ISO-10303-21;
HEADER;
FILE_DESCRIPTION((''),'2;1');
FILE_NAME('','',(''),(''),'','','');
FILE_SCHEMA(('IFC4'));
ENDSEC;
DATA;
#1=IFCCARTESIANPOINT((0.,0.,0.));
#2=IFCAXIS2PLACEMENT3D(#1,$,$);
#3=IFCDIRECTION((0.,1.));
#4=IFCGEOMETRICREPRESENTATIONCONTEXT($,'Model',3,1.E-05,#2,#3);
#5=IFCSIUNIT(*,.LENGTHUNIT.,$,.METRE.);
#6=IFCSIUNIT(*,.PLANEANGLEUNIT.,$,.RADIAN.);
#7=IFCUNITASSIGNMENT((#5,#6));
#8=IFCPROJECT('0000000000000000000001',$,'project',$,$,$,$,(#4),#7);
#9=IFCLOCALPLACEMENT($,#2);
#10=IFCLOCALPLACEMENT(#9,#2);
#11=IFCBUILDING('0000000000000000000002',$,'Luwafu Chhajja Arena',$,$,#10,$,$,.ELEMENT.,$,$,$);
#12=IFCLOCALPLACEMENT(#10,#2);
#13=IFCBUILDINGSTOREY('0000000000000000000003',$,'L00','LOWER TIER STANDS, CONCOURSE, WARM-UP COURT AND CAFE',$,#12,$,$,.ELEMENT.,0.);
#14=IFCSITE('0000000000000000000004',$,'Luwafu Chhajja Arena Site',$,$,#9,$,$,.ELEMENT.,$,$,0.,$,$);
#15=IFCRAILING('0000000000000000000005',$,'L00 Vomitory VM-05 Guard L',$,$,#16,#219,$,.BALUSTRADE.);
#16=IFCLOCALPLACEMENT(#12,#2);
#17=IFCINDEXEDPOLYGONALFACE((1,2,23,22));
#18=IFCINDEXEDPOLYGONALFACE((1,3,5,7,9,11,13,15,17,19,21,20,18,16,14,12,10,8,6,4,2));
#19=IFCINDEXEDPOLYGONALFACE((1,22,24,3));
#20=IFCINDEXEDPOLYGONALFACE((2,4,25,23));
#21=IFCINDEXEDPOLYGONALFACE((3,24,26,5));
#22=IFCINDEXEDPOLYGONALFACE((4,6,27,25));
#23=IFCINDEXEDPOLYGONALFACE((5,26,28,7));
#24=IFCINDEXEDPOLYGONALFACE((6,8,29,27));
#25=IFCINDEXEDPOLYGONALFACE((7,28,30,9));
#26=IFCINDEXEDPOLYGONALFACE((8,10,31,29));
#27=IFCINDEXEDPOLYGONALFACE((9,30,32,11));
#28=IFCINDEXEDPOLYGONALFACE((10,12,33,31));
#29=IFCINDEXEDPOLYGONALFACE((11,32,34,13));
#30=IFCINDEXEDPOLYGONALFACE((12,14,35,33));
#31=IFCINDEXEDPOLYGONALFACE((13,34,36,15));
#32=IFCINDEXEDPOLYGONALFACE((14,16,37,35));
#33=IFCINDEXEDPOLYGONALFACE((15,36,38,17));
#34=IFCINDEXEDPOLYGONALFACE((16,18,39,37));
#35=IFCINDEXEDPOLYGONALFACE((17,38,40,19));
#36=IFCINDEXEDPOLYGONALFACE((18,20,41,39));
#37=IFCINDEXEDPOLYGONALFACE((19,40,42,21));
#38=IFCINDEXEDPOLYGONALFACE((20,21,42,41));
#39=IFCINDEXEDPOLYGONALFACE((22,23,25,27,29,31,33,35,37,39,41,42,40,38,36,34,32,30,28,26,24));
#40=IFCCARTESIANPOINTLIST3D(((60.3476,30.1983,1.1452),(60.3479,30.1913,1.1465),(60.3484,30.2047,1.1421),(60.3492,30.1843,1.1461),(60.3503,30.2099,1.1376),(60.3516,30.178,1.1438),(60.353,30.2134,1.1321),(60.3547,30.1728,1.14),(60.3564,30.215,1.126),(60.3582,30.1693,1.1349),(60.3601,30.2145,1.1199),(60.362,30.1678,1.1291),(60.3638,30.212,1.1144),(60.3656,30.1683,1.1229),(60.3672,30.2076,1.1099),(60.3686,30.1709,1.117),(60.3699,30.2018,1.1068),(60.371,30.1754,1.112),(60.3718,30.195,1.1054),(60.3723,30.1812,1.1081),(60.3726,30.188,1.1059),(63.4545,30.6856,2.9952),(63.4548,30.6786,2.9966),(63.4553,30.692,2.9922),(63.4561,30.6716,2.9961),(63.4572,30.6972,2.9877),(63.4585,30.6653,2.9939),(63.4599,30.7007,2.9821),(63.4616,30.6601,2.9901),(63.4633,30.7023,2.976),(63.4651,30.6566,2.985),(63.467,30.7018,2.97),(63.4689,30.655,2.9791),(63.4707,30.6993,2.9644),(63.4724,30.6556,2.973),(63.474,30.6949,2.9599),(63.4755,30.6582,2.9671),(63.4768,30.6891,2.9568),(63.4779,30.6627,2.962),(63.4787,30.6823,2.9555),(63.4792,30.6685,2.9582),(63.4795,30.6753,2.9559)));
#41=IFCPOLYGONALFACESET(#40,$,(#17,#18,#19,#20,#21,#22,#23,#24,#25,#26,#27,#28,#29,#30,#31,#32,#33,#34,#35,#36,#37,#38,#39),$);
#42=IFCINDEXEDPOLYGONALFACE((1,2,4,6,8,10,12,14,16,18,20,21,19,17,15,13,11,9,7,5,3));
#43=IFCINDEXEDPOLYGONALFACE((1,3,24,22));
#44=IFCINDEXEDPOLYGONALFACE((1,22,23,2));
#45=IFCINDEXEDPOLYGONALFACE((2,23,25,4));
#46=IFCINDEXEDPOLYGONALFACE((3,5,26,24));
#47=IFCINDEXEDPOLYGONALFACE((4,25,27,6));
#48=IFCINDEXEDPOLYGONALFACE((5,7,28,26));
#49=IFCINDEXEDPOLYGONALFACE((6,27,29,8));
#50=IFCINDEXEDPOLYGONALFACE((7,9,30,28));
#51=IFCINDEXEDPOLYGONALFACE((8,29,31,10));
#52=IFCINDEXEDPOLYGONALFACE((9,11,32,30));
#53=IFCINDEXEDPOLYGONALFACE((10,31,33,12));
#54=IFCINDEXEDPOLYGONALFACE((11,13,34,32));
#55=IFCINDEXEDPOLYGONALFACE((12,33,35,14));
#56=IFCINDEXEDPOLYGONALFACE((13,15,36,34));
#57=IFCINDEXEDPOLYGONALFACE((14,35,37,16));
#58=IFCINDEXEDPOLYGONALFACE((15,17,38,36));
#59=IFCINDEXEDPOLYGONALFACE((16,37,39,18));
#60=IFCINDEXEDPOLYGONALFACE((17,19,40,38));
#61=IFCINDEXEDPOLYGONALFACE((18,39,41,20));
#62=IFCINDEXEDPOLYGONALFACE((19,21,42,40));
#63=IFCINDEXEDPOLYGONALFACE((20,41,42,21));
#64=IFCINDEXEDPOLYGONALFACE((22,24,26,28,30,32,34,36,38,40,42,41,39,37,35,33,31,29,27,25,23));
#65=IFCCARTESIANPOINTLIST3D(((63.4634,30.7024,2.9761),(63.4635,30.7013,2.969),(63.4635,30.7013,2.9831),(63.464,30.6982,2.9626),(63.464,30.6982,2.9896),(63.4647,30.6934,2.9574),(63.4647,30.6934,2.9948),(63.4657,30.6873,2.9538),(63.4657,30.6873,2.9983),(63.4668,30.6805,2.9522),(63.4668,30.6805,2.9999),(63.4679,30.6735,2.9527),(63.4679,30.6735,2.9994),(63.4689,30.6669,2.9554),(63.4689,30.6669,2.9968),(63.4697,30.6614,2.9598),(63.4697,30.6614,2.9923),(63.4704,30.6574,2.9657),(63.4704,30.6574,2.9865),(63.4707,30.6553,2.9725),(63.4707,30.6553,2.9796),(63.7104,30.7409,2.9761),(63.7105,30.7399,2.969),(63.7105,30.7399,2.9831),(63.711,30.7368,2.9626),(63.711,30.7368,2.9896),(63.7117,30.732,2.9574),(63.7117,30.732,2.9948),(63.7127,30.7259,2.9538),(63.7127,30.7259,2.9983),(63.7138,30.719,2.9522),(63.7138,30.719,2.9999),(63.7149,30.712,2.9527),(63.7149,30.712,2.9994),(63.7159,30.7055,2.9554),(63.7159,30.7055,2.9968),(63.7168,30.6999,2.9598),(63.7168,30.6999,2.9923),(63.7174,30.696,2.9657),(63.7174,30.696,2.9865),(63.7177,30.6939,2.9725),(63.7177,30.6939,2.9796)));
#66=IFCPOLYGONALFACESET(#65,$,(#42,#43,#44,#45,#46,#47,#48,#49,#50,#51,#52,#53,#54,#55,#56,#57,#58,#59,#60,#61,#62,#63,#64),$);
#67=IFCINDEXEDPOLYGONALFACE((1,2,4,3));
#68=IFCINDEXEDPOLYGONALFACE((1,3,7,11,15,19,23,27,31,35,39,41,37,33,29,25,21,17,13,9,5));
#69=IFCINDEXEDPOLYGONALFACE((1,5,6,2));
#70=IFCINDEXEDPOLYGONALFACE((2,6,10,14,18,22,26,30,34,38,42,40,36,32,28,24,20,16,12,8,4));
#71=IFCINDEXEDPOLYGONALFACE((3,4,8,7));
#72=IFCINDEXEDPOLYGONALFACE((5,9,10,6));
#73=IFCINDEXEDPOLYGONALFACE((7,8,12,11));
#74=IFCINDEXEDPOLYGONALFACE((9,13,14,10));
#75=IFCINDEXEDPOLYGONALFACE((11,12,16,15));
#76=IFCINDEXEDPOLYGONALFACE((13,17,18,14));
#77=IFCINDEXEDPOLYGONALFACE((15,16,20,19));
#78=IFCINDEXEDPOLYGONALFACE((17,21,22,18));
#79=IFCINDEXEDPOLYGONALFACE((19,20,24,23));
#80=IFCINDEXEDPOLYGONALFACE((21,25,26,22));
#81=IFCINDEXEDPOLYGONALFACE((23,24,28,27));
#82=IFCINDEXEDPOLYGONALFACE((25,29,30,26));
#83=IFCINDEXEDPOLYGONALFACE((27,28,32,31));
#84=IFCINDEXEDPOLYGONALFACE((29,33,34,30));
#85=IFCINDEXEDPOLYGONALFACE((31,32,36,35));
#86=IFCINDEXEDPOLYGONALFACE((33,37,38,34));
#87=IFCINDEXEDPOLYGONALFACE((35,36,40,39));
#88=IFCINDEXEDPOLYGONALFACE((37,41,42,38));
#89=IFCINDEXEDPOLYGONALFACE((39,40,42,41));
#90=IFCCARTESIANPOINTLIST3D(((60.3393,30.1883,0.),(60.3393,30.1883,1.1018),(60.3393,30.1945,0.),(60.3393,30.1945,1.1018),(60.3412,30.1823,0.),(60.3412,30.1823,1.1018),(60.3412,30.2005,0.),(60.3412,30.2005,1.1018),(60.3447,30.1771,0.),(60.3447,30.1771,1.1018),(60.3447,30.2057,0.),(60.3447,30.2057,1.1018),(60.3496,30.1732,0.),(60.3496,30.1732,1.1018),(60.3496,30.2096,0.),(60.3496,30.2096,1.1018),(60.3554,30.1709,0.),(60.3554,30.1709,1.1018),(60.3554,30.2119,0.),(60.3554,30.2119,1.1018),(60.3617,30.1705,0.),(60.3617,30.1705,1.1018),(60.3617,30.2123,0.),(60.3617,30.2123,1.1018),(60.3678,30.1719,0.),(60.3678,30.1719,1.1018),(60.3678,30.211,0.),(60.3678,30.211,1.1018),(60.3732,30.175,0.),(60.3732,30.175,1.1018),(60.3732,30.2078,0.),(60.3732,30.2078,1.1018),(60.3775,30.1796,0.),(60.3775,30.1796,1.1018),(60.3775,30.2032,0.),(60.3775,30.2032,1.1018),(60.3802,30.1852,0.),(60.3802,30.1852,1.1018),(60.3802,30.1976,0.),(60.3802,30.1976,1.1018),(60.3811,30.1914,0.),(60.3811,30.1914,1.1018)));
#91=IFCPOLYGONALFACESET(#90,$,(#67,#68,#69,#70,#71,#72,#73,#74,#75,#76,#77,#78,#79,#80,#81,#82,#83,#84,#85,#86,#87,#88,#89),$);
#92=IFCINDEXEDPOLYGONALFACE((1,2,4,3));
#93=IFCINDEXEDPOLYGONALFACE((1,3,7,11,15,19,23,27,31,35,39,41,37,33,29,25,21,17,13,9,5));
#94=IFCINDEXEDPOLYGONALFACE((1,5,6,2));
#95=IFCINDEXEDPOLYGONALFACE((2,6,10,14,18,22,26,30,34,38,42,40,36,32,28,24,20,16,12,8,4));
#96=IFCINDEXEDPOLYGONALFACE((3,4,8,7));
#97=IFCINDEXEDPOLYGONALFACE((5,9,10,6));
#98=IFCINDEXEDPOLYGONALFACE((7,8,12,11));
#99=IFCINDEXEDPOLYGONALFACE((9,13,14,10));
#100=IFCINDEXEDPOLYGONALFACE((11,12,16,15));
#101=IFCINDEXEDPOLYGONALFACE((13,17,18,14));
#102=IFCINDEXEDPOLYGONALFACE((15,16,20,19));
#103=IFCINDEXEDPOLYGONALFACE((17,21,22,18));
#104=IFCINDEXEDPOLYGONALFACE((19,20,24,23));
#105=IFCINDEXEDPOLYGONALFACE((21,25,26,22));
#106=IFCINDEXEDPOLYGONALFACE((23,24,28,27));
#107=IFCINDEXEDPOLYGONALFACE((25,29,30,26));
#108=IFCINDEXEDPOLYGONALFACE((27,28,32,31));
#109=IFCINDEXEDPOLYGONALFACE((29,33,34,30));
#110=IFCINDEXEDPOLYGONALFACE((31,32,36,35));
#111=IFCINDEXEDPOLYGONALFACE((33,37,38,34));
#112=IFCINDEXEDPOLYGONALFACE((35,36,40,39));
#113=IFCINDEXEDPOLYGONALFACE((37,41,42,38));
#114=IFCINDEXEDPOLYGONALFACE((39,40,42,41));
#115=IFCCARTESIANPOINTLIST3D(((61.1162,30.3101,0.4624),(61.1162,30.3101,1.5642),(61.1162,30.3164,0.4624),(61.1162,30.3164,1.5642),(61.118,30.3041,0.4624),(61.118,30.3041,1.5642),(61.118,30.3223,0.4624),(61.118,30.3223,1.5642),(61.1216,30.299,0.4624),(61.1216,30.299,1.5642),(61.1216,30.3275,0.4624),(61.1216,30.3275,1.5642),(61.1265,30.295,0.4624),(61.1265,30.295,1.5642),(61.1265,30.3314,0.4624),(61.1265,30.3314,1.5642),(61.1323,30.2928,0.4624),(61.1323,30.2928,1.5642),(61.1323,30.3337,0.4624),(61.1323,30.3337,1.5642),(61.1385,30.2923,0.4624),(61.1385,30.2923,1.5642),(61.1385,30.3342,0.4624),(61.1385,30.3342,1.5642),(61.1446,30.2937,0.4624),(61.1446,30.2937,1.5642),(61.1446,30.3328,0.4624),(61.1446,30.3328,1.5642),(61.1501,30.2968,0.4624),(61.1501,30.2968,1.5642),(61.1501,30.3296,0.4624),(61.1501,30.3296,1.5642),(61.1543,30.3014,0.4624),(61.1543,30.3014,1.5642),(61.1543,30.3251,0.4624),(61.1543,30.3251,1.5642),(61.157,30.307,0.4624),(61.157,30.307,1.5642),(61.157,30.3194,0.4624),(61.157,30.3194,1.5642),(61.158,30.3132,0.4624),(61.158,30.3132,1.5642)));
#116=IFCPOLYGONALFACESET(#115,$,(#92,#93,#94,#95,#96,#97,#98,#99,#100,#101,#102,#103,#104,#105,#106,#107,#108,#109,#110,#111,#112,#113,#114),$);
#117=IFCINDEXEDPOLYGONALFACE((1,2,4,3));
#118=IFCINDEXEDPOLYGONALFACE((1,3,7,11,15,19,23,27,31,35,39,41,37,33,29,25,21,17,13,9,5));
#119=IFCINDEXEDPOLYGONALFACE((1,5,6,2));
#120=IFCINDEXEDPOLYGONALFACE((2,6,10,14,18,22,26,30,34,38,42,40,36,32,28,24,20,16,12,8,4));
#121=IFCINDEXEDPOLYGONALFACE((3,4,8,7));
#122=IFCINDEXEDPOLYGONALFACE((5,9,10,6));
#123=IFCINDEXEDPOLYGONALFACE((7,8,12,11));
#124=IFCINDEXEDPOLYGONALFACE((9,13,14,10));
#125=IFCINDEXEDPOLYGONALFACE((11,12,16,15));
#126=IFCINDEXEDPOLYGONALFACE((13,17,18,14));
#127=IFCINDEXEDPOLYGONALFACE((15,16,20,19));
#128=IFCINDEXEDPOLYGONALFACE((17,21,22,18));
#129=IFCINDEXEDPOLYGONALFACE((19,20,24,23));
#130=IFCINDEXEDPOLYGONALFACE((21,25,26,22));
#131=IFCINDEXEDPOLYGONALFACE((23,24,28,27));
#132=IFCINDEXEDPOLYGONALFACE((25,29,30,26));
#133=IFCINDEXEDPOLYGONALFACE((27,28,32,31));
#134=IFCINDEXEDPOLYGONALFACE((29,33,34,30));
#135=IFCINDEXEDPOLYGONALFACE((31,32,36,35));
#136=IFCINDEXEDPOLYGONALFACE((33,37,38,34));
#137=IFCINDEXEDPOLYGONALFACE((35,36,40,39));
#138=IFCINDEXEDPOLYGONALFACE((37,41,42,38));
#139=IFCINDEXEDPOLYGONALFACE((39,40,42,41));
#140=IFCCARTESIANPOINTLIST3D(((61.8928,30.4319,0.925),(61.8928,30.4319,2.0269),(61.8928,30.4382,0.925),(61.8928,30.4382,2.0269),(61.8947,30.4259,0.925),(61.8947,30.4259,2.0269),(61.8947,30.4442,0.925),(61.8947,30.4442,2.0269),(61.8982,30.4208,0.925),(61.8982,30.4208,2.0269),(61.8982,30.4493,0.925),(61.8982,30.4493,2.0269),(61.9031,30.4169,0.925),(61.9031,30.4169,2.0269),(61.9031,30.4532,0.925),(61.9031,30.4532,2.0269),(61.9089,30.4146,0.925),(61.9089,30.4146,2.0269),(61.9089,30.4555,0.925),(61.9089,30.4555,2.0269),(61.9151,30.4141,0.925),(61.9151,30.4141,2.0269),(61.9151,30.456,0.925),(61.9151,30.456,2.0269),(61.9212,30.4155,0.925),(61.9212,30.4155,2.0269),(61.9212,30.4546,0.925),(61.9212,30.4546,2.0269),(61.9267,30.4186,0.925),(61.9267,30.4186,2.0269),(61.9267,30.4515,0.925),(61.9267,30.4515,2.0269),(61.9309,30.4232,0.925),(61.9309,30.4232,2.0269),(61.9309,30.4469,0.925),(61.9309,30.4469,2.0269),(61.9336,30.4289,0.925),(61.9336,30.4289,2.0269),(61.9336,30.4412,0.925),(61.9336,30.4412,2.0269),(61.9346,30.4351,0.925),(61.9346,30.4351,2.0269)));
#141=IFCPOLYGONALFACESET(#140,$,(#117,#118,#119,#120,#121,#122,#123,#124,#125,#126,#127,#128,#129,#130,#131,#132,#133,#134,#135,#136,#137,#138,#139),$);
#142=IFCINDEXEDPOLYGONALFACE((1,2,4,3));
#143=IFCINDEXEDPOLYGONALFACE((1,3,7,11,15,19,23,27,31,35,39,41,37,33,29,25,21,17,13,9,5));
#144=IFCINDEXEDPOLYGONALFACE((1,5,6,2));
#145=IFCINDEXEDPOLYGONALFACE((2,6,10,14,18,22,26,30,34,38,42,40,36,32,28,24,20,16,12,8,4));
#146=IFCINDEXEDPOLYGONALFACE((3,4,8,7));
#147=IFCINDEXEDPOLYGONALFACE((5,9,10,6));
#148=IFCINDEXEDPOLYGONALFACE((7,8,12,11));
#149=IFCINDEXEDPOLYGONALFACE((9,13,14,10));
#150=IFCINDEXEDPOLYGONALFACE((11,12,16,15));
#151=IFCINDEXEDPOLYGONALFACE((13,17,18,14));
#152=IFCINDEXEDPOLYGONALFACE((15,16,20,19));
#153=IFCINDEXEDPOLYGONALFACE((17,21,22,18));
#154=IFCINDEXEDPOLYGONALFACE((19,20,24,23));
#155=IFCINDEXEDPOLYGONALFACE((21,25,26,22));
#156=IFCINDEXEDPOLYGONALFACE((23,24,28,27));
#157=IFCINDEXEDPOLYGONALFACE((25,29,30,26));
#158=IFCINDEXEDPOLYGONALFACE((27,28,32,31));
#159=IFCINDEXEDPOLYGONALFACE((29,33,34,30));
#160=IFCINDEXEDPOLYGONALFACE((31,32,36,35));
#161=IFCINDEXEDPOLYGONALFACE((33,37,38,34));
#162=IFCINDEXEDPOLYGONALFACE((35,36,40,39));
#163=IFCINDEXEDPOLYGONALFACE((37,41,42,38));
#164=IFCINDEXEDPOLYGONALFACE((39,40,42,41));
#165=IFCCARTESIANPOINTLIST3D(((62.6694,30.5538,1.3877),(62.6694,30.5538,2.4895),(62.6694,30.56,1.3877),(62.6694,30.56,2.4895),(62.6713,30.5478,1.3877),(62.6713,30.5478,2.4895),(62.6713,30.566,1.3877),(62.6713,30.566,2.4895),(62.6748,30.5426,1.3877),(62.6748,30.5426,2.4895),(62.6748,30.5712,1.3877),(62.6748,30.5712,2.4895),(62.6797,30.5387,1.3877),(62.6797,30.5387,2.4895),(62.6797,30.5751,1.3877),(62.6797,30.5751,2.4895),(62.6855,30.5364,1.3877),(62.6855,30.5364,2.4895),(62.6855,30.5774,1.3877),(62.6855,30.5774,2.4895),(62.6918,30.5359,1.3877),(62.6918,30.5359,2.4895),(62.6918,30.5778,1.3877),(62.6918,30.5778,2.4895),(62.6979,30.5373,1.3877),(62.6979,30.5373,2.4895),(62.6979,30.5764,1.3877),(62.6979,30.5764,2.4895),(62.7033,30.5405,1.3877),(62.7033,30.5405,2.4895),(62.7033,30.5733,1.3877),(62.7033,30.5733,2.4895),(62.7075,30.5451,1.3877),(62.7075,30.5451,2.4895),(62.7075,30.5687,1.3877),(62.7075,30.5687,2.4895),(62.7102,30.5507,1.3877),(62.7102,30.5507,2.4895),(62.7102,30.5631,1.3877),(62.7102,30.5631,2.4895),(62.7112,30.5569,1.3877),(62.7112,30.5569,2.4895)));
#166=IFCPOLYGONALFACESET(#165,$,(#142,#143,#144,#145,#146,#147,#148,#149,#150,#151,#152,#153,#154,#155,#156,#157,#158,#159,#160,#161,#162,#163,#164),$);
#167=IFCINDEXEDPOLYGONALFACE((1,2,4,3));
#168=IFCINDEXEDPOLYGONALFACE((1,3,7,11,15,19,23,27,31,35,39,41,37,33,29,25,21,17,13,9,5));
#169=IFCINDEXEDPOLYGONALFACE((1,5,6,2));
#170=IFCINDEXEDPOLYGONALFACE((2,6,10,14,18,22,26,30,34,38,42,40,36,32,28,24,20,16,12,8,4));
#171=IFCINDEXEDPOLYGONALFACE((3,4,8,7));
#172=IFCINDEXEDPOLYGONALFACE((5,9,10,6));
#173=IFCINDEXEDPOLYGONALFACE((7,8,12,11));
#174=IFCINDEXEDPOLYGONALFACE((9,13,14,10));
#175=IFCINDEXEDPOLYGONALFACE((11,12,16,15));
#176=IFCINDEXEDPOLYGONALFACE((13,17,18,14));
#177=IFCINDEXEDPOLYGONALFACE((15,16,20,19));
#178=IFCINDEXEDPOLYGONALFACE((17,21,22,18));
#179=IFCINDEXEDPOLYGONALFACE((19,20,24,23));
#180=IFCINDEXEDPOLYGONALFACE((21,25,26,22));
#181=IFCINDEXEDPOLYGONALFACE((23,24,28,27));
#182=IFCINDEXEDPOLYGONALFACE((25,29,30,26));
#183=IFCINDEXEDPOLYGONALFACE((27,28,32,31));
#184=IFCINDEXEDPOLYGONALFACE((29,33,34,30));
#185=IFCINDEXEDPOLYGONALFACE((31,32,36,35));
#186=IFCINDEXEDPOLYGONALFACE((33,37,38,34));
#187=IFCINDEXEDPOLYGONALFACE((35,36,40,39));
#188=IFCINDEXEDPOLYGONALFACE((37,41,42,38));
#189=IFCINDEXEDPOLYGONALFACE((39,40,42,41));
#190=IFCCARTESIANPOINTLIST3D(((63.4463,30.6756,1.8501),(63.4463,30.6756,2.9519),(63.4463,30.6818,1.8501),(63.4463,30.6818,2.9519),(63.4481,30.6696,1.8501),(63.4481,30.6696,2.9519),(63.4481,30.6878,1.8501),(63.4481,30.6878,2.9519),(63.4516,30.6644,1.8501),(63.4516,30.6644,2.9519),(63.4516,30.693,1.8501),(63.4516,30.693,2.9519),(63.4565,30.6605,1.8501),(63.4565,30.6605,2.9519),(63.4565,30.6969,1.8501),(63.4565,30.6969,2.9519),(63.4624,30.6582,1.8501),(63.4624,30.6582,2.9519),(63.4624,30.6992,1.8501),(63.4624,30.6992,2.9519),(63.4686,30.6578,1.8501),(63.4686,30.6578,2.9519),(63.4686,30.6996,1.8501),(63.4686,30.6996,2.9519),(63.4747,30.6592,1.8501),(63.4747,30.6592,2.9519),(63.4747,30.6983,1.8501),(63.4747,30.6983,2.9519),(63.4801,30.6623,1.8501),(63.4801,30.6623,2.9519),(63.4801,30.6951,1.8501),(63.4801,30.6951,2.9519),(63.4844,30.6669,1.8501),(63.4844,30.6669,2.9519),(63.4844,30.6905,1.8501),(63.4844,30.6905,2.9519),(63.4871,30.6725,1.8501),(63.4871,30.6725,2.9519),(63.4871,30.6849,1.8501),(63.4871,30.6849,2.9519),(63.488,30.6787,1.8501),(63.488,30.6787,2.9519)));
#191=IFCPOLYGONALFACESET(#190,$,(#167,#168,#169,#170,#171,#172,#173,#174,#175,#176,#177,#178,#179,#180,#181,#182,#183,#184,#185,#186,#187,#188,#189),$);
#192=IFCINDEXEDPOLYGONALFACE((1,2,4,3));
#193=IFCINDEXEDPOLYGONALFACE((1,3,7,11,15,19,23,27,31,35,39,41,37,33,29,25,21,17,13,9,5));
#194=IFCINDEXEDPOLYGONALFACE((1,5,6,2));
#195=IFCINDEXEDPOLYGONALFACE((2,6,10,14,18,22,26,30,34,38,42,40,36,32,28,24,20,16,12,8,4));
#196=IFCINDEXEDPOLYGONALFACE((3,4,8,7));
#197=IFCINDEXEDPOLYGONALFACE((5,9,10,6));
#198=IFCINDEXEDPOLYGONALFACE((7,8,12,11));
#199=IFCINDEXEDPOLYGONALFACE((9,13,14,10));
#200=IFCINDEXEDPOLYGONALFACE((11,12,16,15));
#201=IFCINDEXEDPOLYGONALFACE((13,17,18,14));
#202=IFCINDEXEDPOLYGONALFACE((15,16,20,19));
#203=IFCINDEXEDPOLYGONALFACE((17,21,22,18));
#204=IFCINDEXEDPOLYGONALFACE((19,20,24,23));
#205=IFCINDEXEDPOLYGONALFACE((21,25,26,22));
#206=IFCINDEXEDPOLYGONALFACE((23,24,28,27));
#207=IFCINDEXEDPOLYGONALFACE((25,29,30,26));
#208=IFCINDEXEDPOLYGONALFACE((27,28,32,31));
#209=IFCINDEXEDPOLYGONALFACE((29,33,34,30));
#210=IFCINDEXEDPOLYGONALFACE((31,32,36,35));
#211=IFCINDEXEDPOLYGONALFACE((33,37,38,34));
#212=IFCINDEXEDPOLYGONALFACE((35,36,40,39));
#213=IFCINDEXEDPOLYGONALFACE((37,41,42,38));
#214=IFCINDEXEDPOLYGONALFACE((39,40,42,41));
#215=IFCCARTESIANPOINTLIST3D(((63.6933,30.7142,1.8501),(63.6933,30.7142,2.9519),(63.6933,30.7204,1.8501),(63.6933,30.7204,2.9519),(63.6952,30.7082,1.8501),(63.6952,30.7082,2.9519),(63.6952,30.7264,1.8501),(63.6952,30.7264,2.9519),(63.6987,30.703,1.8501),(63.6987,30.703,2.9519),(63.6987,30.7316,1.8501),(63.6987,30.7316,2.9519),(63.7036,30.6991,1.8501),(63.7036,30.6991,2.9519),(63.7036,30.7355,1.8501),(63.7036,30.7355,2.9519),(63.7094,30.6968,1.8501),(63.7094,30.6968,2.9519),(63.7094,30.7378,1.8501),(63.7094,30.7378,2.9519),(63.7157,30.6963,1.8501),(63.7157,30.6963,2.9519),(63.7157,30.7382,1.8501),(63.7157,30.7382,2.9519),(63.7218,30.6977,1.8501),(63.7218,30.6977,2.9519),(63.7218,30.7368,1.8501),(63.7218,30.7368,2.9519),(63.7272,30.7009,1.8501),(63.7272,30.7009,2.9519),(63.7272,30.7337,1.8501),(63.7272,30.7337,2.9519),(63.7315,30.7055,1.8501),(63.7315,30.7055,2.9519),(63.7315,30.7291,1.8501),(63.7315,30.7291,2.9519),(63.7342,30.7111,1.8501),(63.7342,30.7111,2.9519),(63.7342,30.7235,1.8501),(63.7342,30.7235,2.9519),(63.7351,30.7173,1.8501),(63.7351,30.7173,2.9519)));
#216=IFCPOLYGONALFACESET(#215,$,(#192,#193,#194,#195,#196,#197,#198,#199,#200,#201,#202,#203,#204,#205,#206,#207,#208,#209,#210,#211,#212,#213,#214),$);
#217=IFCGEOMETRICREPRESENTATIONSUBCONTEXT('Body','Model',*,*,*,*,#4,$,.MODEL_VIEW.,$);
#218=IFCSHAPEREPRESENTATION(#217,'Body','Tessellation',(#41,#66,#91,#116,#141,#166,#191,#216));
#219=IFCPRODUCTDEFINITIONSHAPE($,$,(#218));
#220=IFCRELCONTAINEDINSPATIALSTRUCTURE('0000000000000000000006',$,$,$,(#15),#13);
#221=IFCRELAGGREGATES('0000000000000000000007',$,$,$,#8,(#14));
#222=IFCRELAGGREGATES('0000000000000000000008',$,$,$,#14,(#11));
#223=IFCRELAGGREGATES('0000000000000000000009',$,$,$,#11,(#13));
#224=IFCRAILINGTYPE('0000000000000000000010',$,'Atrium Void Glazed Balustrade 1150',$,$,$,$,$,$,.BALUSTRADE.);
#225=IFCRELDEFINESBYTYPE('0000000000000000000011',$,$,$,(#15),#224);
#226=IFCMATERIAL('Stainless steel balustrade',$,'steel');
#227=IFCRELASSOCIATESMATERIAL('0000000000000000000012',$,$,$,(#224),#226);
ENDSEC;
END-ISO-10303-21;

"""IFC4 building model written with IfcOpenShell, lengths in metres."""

from ifc_helpers import new_model, si_unit, direction, frame, origin, origin_2d, place, context, subcontext, project, spatial, circle, extrude, material, type_object, element, save


model = new_model("IFC4")

# Units and contexts
model_context = context("Model", 3, precision=1e-05, world=origin(), true_north=direction((0.0, 1.0)))
body_context = subcontext(model_context, "Body", "Model", "MODEL_VIEW")
ifc_project = project(units=[si_unit("LENGTHUNIT", "METRE"), si_unit("PLANEANGLEUNIT", "RADIAN")], contexts=[model_context])

# Site, building, storey
site_placement = place(None, origin())
site = spatial("IfcSite", under=ifc_project, at=site_placement, Name="Luwafu Chhajja Arena Site", CompositionType="ELEMENT", RefElevation=0.0)
building_placement = place(site_placement, origin())
building = spatial("IfcBuilding", under=site, at=building_placement, Name="Luwafu Chhajja Arena", CompositionType="ELEMENT")
storey_placement = place(building_placement, origin())
storey = spatial("IfcBuildingStorey", under=building, at=storey_placement, Name="L00", Description="LOWER TIER STANDS, CONCOURSE, WARM-UP COURT AND CAFE", CompositionType="ELEMENT", Elevation=0.0)

# Railing
ifc_material_1 = material(Name="Stainless steel balustrade", Category="steel")
railing_type_1 = type_object("IfcRailingType", Name="Atrium Void Glazed Balustrade 1150", PredefinedType="BALUSTRADE", material=ifc_material_1)
railing_1_placement = place(storey_placement, frame((60.3601, 30.1914, 0.0)))
element("IfcRailing", 1, at=railing_1_placement, inside=storey, type_object=railing_type_1, Name="L00 Vomitory VM-05 Guard L", PredefinedType="BALUSTRADE", context=body_context, shape_type="SweptSolid", body=[
    extrude(circle(Radius=0.0239, at=origin_2d()), frame((0.0, 0.0, 1.126), z_axis=(0.851507, 0.133554, 0.50705), x_axis=(-0.15495, 0.987922, 0.0)), (0.0, 0.0, 1.0), 3.6487),
    extrude(circle(Radius=0.0239, at=origin_2d()), frame((3.1069, 0.4873, 2.9761), z_axis=(0.988031, 0.154258, 0.0), x_axis=(-0.154258, 0.988031, 0.0)), (0.0, 0.0, 1.0), 0.25),
    extrude(circle(Radius=0.021, at=origin_2d()), origin(), (0.0, 0.0, 1.0), 1.1018),
    extrude(circle(Radius=0.021, at=origin_2d()), frame((0.7769, 0.1218, 0.4624)), (0.0, 0.0, 1.0), 1.1018),
    extrude(circle(Radius=0.021, at=origin_2d()), frame((1.5535, 0.2437, 0.925)), (0.0, 0.0, 1.0), 1.1018),
    extrude(circle(Radius=0.021, at=origin_2d()), frame((2.3301, 0.3655, 1.3877)), (0.0, 0.0, 1.0), 1.1018),
    extrude(circle(Radius=0.021, at=origin_2d()), frame((3.1069, 0.4873, 1.8501)), (0.0, 0.0, 1.0), 1.1018),
    extrude(circle(Radius=0.021, at=origin_2d()), frame((3.354, 0.5259, 1.8501)), (0.0, 0.0, 1.0), 1.1018),
])

save(model, "model.ifc")
